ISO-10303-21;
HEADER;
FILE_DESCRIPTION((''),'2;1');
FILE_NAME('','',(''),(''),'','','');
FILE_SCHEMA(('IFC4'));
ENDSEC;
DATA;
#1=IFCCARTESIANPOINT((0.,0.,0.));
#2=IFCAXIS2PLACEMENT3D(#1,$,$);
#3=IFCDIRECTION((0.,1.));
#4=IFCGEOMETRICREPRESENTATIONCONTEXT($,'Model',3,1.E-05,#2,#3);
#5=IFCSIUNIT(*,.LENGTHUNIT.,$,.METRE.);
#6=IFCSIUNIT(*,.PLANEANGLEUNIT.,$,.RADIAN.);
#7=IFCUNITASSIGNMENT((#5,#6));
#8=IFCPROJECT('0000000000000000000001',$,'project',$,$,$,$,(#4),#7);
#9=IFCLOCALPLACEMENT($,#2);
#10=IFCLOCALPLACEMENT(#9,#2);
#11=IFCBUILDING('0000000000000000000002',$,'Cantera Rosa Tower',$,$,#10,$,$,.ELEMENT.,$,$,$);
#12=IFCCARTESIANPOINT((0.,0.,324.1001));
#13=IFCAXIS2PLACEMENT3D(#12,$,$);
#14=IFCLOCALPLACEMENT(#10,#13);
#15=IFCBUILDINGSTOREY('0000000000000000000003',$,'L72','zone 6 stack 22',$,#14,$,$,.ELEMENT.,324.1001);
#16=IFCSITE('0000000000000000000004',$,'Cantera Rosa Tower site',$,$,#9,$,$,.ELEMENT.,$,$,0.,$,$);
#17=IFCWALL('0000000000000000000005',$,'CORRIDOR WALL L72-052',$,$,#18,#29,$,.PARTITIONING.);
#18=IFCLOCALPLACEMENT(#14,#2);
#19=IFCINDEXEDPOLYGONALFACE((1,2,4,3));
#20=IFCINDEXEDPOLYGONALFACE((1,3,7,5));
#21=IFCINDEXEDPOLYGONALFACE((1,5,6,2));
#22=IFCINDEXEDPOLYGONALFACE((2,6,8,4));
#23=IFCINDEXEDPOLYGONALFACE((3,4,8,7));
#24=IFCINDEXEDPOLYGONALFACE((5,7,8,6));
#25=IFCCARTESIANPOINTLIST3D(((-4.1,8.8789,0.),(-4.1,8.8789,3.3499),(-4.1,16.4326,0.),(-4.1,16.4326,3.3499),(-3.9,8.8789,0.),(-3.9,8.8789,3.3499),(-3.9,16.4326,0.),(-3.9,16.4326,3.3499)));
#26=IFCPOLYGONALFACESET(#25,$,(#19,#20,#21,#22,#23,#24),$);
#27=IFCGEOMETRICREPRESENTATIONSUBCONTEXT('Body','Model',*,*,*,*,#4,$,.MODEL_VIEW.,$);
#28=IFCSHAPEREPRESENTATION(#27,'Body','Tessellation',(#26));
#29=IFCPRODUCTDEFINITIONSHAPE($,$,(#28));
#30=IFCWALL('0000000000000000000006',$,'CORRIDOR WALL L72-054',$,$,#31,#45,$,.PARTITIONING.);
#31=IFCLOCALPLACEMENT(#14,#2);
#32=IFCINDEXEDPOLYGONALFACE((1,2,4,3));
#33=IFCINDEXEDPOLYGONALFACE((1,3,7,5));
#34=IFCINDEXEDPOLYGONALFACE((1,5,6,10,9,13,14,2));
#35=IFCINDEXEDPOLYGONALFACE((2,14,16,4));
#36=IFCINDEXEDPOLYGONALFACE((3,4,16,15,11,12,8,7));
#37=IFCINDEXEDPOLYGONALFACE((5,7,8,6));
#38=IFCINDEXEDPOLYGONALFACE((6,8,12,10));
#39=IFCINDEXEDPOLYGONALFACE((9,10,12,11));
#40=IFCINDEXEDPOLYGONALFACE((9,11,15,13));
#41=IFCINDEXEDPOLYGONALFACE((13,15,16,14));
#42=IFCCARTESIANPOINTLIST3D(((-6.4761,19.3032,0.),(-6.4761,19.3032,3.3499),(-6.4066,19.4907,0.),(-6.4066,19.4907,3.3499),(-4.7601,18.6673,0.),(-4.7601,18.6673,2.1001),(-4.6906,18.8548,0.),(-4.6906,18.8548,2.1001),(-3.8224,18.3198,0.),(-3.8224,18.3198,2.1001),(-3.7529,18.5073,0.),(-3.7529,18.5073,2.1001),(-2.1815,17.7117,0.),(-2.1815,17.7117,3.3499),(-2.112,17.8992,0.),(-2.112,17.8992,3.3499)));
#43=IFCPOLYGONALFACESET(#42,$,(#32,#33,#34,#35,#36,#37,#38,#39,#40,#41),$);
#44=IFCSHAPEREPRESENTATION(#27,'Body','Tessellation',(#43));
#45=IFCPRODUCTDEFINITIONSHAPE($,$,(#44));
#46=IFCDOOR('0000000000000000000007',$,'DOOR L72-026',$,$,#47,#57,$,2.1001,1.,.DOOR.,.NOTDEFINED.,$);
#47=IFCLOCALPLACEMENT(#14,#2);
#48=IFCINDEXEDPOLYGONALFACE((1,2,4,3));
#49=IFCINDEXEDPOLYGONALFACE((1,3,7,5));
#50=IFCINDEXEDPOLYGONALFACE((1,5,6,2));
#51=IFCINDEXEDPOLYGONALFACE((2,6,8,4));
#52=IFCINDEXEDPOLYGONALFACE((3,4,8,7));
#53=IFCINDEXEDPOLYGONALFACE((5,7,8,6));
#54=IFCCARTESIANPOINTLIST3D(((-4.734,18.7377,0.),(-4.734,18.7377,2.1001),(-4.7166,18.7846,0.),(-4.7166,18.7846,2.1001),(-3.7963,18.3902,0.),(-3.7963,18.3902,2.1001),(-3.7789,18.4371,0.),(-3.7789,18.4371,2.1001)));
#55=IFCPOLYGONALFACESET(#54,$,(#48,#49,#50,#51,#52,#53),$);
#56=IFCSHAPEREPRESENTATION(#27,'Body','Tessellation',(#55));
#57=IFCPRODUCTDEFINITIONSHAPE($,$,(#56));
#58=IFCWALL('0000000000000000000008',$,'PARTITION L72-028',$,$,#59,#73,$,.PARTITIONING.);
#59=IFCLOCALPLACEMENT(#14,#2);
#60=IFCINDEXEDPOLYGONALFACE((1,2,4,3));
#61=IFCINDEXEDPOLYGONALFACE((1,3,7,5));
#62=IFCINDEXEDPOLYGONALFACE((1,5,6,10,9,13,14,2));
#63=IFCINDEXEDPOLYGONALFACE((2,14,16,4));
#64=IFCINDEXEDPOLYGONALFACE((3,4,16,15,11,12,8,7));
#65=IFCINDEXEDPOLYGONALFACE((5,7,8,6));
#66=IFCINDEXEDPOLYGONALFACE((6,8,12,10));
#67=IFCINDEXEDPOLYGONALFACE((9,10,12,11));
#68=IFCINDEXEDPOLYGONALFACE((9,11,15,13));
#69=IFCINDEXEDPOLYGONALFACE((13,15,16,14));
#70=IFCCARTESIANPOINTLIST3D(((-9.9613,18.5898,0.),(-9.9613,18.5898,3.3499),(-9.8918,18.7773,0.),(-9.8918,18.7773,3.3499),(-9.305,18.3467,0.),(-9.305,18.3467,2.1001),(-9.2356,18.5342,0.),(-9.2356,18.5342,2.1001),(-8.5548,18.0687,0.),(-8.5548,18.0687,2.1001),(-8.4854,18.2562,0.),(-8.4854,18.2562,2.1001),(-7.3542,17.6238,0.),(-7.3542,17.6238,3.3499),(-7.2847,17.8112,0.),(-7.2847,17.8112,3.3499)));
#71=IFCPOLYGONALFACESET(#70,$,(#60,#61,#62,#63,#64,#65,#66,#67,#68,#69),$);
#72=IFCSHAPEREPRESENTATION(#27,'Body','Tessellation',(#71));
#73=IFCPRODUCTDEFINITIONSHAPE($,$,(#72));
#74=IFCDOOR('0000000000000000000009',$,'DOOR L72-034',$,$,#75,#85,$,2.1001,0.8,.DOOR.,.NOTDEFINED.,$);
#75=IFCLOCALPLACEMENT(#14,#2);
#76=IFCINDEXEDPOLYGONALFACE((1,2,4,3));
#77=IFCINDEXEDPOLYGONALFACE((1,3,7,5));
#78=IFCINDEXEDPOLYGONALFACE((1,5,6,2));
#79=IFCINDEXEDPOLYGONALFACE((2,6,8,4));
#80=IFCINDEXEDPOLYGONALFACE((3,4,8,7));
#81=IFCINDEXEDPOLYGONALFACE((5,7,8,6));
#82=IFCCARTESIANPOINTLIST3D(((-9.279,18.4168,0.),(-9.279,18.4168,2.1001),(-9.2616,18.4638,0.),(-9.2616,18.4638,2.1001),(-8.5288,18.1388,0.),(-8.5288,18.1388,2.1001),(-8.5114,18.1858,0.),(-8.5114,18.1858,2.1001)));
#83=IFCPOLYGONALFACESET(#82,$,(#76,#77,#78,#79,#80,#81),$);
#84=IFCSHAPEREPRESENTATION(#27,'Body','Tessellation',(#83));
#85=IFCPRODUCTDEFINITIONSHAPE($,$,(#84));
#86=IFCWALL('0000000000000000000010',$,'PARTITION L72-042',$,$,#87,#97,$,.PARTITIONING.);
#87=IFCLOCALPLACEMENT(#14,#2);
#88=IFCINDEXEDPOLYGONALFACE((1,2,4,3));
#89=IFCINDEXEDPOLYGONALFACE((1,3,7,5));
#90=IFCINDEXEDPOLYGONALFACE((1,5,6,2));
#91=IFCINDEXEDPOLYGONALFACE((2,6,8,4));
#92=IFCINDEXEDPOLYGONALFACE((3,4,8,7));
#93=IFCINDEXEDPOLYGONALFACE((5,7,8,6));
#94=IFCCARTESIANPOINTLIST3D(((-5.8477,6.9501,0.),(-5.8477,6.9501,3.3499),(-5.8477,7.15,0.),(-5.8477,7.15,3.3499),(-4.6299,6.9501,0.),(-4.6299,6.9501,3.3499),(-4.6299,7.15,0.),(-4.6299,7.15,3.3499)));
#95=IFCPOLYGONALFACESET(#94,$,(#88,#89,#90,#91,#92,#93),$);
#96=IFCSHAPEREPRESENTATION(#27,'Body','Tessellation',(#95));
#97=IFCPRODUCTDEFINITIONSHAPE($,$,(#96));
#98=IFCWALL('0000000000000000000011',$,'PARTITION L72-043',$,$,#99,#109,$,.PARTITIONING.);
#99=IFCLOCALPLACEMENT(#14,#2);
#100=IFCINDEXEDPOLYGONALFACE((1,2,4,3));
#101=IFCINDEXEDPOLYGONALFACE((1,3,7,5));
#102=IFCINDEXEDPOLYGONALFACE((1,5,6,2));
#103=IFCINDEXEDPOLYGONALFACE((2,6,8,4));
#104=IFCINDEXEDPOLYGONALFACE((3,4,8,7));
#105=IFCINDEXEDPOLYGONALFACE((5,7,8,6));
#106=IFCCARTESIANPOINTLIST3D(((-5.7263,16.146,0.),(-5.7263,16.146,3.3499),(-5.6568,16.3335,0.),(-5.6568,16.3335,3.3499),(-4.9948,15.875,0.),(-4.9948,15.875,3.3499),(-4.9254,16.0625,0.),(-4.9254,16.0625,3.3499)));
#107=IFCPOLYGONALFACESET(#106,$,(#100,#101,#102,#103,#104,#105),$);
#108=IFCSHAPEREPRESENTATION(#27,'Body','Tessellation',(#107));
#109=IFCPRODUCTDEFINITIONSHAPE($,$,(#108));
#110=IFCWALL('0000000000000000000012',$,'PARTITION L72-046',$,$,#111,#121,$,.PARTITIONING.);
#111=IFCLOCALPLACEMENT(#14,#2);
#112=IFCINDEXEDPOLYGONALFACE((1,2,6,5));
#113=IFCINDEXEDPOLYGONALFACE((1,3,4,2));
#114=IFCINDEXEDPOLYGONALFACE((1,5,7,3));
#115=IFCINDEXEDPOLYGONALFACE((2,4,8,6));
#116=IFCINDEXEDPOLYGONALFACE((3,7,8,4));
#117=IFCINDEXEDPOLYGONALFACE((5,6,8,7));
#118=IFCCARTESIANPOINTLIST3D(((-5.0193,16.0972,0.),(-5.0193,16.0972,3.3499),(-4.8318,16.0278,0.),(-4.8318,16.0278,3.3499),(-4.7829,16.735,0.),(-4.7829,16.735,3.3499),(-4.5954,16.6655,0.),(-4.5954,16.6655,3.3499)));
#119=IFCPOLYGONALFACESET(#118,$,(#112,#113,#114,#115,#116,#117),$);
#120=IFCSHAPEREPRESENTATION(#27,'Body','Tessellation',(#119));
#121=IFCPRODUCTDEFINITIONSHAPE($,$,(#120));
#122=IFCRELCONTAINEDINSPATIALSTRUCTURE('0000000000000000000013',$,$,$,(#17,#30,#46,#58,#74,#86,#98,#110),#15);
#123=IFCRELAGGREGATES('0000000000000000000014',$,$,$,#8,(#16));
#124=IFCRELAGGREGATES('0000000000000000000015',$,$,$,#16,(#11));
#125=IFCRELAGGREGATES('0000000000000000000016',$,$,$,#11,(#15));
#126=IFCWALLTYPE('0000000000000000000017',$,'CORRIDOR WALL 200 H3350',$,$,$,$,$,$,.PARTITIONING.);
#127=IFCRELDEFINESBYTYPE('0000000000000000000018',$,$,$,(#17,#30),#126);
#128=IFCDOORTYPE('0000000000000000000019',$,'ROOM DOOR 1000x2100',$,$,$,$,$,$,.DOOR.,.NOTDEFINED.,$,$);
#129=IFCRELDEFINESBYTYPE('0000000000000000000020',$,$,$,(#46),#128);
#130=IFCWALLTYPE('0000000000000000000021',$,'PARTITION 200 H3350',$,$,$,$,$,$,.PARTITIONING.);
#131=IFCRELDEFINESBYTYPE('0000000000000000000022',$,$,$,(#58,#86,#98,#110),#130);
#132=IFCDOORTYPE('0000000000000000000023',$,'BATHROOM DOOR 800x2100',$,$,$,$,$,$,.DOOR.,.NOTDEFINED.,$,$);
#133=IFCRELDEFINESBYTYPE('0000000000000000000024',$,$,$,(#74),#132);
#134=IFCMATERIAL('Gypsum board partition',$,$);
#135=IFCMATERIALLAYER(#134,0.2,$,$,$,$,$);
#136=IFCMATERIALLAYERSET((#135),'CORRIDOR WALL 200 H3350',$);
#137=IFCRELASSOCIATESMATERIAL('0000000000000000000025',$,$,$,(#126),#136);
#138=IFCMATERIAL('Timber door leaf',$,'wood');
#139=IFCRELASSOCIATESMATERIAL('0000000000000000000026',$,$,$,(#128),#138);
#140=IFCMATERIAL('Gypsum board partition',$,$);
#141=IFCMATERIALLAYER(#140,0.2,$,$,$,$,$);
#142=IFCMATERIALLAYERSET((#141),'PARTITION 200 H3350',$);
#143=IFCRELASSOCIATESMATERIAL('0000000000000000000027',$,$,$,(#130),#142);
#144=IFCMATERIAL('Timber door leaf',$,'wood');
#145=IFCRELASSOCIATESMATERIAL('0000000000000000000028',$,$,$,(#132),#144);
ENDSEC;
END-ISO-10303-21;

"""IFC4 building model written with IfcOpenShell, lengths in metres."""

from ifc_helpers import new_model, si_unit, direction, frame, frame_2d, origin, place, context, subcontext, project, spatial, rectangle, extrude, material, layer, layer_set, type_object, element, fill, save


model = new_model("IFC4")

# Units and contexts
model_context = context("Model", 3, precision=1e-05, world=origin(), true_north=direction((0.0, 1.0)))
body_context = subcontext(model_context, "Body", "Model", "MODEL_VIEW")
ifc_project = project(units=[si_unit("LENGTHUNIT", "METRE"), si_unit("PLANEANGLEUNIT", "RADIAN")], contexts=[model_context])

# Site, building, storey
site_placement = place(None, origin())
site = spatial("IfcSite", under=ifc_project, at=site_placement, Name="Cantera Rosa Tower site", CompositionType="ELEMENT", RefElevation=0.0)
building_placement = place(site_placement, origin())
building = spatial("IfcBuilding", under=site, at=building_placement, Name="Cantera Rosa Tower", CompositionType="ELEMENT")
storey_placement = place(building_placement, frame((0.0, 0.0, 324.1001)))
storey = spatial("IfcBuildingStorey", under=building, at=storey_placement, Name="L72", Description="zone 6 stack 22", CompositionType="ELEMENT", Elevation=324.1001)

# Shared definitions
ifc_material_1 = material(Name="Gypsum board partition")
ifc_layer_1 = layer(ifc_material_1, 0.2)
ifc_layer_set_1 = layer_set([ifc_layer_1], Name="CORRIDOR WALL 200 H3350")
wall_type_1 = type_object("IfcWallType", Name="CORRIDOR WALL 200 H3350", PredefinedType="PARTITIONING", material=ifc_layer_set_1)

# Wall
wall_1_placement = place(storey_placement, frame((-4.0, 16.4326, 0.0), z_axis=(0.0, 0.0, 1.0), x_axis=(0.0, -1.0, 0.0)))
element("IfcWall", 1, at=wall_1_placement, inside=storey, type_object=wall_type_1, Name="CORRIDOR WALL L72-052", PredefinedType="PARTITIONING", context=body_context, shape_type="SweptSolid", body=[
    extrude(rectangle(XDim=7.5537, YDim=0.2, at=frame_2d((3.7769, 0.0))), origin(), (0.0, 0.0, 1.0), 3.3499),
])

# Walls, openings, doors
wall_2_placement = place(storey_placement, frame((-2.1467, 17.8054, 0.0), z_axis=(0.0, 0.0, 1.0), x_axis=(-0.937683, 0.347493, 0.0)))
wall_2 = element("IfcWall", 2, at=wall_2_placement, inside=storey, type_object=wall_type_1, Name="CORRIDOR WALL L72-054", PredefinedType="PARTITIONING", context=body_context, shape_type="SweptSolid", body=[
    extrude(rectangle(XDim=4.5801, YDim=0.2, at=frame_2d((2.29, 0.0))), origin(), (0.0, 0.0, 1.0), 3.3499),
])
opening_1_placement = place(wall_2_placement, frame((1.75, 0.0, 0.0)))
opening_1 = element("IfcOpeningElement", 3, at=opening_1_placement, cuts=wall_2, PredefinedType="OPENING", context=body_context, shape_type="SweptSolid", body=[
    extrude(rectangle(XDim=1.0, YDim=2.1001, at=frame_2d((0.5, 1.05))), frame((0.0, 0.1099, 0.0), z_axis=(0.0, -1.0, 0.0), x_axis=(1.0, 0.0, 0.0)), (0.0, 0.0, 1.0), 0.22),
])
ifc_material_2 = material(Name="Timber door leaf", Category="wood")
door_type_1 = type_object("IfcDoorType", Name="ROOM DOOR 1000x2100", OperationType="NOTDEFINED", PredefinedType="DOOR", material=ifc_material_2)
door_1_placement = place(opening_1_placement, origin())
door_1 = element("IfcDoor", 4, at=door_1_placement, inside=storey, type_object=door_type_1, Name="DOOR L72-026", OperationType="NOTDEFINED", OverallHeight=2.1001, OverallWidth=1.0, PredefinedType="DOOR", context=body_context, shape_type="SweptSolid", body=[
    extrude(rectangle(XDim=1.0, YDim=2.1001, at=frame_2d((0.5, 1.05))), frame((0.0, 0.0249, 0.0), z_axis=(0.0, -1.0, 0.0), x_axis=(1.0, 0.0, 0.0)), (0.0, 0.0, 1.0), 0.05),
])
fill(opening_1, door_1)
ifc_material_3 = material(Name="Gypsum board partition")
ifc_layer_2 = layer(ifc_material_3, 0.2)
ifc_layer_set_2 = layer_set([ifc_layer_2], Name="PARTITION 200 H3350")
wall_type_2 = type_object("IfcWallType", Name="PARTITION 200 H3350", PredefinedType="PARTITIONING", material=ifc_layer_set_2)
wall_3_placement = place(storey_placement, frame((-9.9265, 18.6836, 0.0), z_axis=(0.0, 0.0, 1.0), x_axis=(0.937686, -0.347483, 0.0)))
wall_3 = element("IfcWall", 5, at=wall_3_placement, inside=storey, type_object=wall_type_2, Name="PARTITION L72-028", PredefinedType="PARTITIONING", context=body_context, shape_type="SweptSolid", body=[
    extrude(rectangle(XDim=2.7803, YDim=0.2, at=frame_2d((1.3901, 0.0))), origin(), (0.0, 0.0, 1.0), 3.3499),
])
opening_2_placement = place(wall_3_placement, frame((0.7, 0.0, 0.0)))
opening_2 = element("IfcOpeningElement", 6, at=opening_2_placement, cuts=wall_3, PredefinedType="OPENING", context=body_context, shape_type="SweptSolid", body=[
    extrude(rectangle(XDim=0.8, YDim=2.1001, at=frame_2d((0.3999, 1.05))), frame((0.0, 0.1099, 0.0), z_axis=(0.0, -1.0, 0.0), x_axis=(1.0, 0.0, 0.0)), (0.0, 0.0, 1.0), 0.22),
])
ifc_material_4 = material(Name="Timber door leaf", Category="wood")
door_type_2 = type_object("IfcDoorType", Name="BATHROOM DOOR 800x2100", OperationType="NOTDEFINED", PredefinedType="DOOR", material=ifc_material_4)
door_2_placement = place(opening_2_placement, origin())
door_2 = element("IfcDoor", 7, at=door_2_placement, inside=storey, type_object=door_type_2, Name="DOOR L72-034", OperationType="NOTDEFINED", OverallHeight=2.1001, OverallWidth=0.8, PredefinedType="DOOR", context=body_context, shape_type="SweptSolid", body=[
    extrude(rectangle(XDim=0.8, YDim=2.1001, at=frame_2d((0.3999, 1.05))), frame((0.0, 0.0249, 0.0), z_axis=(0.0, -1.0, 0.0), x_axis=(1.0, 0.0, 0.0)), (0.0, 0.0, 1.0), 0.05),
])
fill(opening_2, door_2)

# Walls
wall_4_placement = place(storey_placement, frame((-5.8477, 7.05, 0.0), z_axis=(0.0, 0.0, 1.0), x_axis=(1.0, 0.0, 0.0)))
element("IfcWall", 8, at=wall_4_placement, inside=storey, type_object=wall_type_2, Name="PARTITION L72-042", PredefinedType="PARTITIONING", context=body_context, shape_type="SweptSolid", body=[
    extrude(rectangle(XDim=1.2178, YDim=0.2, at=frame_2d((0.6089, 0.0))), origin(), (0.0, 0.0, 1.0), 3.3499),
])
wall_5_placement = place(storey_placement, frame((-5.6917, 16.2397, 0.0), z_axis=(0.0, 0.0, 1.0), x_axis=(0.937711, -0.347416, 0.0)))
element("IfcWall", 9, at=wall_5_placement, inside=storey, type_object=wall_type_2, Name="PARTITION L72-043", PredefinedType="PARTITIONING", context=body_context, shape_type="SweptSolid", body=[
    extrude(rectangle(XDim=0.78, YDim=0.2, at=frame_2d((0.3901, 0.0))), origin(), (0.0, 0.0, 1.0), 3.3499),
])
wall_6_placement = place(storey_placement, frame((-4.9255, 16.0625, 0.0), z_axis=(0.0, 0.0, 1.0), x_axis=(0.347501, 0.937679, 0.0)))
element("IfcWall", 10, at=wall_6_placement, inside=storey, type_object=wall_type_2, Name="PARTITION L72-046", PredefinedType="PARTITIONING", context=body_context, shape_type="SweptSolid", body=[
    extrude(rectangle(XDim=0.6802, YDim=0.2, at=frame_2d((0.3401, 0.0))), origin(), (0.0, 0.0, 1.0), 3.3499),
])

save(model, "model.ifc")
